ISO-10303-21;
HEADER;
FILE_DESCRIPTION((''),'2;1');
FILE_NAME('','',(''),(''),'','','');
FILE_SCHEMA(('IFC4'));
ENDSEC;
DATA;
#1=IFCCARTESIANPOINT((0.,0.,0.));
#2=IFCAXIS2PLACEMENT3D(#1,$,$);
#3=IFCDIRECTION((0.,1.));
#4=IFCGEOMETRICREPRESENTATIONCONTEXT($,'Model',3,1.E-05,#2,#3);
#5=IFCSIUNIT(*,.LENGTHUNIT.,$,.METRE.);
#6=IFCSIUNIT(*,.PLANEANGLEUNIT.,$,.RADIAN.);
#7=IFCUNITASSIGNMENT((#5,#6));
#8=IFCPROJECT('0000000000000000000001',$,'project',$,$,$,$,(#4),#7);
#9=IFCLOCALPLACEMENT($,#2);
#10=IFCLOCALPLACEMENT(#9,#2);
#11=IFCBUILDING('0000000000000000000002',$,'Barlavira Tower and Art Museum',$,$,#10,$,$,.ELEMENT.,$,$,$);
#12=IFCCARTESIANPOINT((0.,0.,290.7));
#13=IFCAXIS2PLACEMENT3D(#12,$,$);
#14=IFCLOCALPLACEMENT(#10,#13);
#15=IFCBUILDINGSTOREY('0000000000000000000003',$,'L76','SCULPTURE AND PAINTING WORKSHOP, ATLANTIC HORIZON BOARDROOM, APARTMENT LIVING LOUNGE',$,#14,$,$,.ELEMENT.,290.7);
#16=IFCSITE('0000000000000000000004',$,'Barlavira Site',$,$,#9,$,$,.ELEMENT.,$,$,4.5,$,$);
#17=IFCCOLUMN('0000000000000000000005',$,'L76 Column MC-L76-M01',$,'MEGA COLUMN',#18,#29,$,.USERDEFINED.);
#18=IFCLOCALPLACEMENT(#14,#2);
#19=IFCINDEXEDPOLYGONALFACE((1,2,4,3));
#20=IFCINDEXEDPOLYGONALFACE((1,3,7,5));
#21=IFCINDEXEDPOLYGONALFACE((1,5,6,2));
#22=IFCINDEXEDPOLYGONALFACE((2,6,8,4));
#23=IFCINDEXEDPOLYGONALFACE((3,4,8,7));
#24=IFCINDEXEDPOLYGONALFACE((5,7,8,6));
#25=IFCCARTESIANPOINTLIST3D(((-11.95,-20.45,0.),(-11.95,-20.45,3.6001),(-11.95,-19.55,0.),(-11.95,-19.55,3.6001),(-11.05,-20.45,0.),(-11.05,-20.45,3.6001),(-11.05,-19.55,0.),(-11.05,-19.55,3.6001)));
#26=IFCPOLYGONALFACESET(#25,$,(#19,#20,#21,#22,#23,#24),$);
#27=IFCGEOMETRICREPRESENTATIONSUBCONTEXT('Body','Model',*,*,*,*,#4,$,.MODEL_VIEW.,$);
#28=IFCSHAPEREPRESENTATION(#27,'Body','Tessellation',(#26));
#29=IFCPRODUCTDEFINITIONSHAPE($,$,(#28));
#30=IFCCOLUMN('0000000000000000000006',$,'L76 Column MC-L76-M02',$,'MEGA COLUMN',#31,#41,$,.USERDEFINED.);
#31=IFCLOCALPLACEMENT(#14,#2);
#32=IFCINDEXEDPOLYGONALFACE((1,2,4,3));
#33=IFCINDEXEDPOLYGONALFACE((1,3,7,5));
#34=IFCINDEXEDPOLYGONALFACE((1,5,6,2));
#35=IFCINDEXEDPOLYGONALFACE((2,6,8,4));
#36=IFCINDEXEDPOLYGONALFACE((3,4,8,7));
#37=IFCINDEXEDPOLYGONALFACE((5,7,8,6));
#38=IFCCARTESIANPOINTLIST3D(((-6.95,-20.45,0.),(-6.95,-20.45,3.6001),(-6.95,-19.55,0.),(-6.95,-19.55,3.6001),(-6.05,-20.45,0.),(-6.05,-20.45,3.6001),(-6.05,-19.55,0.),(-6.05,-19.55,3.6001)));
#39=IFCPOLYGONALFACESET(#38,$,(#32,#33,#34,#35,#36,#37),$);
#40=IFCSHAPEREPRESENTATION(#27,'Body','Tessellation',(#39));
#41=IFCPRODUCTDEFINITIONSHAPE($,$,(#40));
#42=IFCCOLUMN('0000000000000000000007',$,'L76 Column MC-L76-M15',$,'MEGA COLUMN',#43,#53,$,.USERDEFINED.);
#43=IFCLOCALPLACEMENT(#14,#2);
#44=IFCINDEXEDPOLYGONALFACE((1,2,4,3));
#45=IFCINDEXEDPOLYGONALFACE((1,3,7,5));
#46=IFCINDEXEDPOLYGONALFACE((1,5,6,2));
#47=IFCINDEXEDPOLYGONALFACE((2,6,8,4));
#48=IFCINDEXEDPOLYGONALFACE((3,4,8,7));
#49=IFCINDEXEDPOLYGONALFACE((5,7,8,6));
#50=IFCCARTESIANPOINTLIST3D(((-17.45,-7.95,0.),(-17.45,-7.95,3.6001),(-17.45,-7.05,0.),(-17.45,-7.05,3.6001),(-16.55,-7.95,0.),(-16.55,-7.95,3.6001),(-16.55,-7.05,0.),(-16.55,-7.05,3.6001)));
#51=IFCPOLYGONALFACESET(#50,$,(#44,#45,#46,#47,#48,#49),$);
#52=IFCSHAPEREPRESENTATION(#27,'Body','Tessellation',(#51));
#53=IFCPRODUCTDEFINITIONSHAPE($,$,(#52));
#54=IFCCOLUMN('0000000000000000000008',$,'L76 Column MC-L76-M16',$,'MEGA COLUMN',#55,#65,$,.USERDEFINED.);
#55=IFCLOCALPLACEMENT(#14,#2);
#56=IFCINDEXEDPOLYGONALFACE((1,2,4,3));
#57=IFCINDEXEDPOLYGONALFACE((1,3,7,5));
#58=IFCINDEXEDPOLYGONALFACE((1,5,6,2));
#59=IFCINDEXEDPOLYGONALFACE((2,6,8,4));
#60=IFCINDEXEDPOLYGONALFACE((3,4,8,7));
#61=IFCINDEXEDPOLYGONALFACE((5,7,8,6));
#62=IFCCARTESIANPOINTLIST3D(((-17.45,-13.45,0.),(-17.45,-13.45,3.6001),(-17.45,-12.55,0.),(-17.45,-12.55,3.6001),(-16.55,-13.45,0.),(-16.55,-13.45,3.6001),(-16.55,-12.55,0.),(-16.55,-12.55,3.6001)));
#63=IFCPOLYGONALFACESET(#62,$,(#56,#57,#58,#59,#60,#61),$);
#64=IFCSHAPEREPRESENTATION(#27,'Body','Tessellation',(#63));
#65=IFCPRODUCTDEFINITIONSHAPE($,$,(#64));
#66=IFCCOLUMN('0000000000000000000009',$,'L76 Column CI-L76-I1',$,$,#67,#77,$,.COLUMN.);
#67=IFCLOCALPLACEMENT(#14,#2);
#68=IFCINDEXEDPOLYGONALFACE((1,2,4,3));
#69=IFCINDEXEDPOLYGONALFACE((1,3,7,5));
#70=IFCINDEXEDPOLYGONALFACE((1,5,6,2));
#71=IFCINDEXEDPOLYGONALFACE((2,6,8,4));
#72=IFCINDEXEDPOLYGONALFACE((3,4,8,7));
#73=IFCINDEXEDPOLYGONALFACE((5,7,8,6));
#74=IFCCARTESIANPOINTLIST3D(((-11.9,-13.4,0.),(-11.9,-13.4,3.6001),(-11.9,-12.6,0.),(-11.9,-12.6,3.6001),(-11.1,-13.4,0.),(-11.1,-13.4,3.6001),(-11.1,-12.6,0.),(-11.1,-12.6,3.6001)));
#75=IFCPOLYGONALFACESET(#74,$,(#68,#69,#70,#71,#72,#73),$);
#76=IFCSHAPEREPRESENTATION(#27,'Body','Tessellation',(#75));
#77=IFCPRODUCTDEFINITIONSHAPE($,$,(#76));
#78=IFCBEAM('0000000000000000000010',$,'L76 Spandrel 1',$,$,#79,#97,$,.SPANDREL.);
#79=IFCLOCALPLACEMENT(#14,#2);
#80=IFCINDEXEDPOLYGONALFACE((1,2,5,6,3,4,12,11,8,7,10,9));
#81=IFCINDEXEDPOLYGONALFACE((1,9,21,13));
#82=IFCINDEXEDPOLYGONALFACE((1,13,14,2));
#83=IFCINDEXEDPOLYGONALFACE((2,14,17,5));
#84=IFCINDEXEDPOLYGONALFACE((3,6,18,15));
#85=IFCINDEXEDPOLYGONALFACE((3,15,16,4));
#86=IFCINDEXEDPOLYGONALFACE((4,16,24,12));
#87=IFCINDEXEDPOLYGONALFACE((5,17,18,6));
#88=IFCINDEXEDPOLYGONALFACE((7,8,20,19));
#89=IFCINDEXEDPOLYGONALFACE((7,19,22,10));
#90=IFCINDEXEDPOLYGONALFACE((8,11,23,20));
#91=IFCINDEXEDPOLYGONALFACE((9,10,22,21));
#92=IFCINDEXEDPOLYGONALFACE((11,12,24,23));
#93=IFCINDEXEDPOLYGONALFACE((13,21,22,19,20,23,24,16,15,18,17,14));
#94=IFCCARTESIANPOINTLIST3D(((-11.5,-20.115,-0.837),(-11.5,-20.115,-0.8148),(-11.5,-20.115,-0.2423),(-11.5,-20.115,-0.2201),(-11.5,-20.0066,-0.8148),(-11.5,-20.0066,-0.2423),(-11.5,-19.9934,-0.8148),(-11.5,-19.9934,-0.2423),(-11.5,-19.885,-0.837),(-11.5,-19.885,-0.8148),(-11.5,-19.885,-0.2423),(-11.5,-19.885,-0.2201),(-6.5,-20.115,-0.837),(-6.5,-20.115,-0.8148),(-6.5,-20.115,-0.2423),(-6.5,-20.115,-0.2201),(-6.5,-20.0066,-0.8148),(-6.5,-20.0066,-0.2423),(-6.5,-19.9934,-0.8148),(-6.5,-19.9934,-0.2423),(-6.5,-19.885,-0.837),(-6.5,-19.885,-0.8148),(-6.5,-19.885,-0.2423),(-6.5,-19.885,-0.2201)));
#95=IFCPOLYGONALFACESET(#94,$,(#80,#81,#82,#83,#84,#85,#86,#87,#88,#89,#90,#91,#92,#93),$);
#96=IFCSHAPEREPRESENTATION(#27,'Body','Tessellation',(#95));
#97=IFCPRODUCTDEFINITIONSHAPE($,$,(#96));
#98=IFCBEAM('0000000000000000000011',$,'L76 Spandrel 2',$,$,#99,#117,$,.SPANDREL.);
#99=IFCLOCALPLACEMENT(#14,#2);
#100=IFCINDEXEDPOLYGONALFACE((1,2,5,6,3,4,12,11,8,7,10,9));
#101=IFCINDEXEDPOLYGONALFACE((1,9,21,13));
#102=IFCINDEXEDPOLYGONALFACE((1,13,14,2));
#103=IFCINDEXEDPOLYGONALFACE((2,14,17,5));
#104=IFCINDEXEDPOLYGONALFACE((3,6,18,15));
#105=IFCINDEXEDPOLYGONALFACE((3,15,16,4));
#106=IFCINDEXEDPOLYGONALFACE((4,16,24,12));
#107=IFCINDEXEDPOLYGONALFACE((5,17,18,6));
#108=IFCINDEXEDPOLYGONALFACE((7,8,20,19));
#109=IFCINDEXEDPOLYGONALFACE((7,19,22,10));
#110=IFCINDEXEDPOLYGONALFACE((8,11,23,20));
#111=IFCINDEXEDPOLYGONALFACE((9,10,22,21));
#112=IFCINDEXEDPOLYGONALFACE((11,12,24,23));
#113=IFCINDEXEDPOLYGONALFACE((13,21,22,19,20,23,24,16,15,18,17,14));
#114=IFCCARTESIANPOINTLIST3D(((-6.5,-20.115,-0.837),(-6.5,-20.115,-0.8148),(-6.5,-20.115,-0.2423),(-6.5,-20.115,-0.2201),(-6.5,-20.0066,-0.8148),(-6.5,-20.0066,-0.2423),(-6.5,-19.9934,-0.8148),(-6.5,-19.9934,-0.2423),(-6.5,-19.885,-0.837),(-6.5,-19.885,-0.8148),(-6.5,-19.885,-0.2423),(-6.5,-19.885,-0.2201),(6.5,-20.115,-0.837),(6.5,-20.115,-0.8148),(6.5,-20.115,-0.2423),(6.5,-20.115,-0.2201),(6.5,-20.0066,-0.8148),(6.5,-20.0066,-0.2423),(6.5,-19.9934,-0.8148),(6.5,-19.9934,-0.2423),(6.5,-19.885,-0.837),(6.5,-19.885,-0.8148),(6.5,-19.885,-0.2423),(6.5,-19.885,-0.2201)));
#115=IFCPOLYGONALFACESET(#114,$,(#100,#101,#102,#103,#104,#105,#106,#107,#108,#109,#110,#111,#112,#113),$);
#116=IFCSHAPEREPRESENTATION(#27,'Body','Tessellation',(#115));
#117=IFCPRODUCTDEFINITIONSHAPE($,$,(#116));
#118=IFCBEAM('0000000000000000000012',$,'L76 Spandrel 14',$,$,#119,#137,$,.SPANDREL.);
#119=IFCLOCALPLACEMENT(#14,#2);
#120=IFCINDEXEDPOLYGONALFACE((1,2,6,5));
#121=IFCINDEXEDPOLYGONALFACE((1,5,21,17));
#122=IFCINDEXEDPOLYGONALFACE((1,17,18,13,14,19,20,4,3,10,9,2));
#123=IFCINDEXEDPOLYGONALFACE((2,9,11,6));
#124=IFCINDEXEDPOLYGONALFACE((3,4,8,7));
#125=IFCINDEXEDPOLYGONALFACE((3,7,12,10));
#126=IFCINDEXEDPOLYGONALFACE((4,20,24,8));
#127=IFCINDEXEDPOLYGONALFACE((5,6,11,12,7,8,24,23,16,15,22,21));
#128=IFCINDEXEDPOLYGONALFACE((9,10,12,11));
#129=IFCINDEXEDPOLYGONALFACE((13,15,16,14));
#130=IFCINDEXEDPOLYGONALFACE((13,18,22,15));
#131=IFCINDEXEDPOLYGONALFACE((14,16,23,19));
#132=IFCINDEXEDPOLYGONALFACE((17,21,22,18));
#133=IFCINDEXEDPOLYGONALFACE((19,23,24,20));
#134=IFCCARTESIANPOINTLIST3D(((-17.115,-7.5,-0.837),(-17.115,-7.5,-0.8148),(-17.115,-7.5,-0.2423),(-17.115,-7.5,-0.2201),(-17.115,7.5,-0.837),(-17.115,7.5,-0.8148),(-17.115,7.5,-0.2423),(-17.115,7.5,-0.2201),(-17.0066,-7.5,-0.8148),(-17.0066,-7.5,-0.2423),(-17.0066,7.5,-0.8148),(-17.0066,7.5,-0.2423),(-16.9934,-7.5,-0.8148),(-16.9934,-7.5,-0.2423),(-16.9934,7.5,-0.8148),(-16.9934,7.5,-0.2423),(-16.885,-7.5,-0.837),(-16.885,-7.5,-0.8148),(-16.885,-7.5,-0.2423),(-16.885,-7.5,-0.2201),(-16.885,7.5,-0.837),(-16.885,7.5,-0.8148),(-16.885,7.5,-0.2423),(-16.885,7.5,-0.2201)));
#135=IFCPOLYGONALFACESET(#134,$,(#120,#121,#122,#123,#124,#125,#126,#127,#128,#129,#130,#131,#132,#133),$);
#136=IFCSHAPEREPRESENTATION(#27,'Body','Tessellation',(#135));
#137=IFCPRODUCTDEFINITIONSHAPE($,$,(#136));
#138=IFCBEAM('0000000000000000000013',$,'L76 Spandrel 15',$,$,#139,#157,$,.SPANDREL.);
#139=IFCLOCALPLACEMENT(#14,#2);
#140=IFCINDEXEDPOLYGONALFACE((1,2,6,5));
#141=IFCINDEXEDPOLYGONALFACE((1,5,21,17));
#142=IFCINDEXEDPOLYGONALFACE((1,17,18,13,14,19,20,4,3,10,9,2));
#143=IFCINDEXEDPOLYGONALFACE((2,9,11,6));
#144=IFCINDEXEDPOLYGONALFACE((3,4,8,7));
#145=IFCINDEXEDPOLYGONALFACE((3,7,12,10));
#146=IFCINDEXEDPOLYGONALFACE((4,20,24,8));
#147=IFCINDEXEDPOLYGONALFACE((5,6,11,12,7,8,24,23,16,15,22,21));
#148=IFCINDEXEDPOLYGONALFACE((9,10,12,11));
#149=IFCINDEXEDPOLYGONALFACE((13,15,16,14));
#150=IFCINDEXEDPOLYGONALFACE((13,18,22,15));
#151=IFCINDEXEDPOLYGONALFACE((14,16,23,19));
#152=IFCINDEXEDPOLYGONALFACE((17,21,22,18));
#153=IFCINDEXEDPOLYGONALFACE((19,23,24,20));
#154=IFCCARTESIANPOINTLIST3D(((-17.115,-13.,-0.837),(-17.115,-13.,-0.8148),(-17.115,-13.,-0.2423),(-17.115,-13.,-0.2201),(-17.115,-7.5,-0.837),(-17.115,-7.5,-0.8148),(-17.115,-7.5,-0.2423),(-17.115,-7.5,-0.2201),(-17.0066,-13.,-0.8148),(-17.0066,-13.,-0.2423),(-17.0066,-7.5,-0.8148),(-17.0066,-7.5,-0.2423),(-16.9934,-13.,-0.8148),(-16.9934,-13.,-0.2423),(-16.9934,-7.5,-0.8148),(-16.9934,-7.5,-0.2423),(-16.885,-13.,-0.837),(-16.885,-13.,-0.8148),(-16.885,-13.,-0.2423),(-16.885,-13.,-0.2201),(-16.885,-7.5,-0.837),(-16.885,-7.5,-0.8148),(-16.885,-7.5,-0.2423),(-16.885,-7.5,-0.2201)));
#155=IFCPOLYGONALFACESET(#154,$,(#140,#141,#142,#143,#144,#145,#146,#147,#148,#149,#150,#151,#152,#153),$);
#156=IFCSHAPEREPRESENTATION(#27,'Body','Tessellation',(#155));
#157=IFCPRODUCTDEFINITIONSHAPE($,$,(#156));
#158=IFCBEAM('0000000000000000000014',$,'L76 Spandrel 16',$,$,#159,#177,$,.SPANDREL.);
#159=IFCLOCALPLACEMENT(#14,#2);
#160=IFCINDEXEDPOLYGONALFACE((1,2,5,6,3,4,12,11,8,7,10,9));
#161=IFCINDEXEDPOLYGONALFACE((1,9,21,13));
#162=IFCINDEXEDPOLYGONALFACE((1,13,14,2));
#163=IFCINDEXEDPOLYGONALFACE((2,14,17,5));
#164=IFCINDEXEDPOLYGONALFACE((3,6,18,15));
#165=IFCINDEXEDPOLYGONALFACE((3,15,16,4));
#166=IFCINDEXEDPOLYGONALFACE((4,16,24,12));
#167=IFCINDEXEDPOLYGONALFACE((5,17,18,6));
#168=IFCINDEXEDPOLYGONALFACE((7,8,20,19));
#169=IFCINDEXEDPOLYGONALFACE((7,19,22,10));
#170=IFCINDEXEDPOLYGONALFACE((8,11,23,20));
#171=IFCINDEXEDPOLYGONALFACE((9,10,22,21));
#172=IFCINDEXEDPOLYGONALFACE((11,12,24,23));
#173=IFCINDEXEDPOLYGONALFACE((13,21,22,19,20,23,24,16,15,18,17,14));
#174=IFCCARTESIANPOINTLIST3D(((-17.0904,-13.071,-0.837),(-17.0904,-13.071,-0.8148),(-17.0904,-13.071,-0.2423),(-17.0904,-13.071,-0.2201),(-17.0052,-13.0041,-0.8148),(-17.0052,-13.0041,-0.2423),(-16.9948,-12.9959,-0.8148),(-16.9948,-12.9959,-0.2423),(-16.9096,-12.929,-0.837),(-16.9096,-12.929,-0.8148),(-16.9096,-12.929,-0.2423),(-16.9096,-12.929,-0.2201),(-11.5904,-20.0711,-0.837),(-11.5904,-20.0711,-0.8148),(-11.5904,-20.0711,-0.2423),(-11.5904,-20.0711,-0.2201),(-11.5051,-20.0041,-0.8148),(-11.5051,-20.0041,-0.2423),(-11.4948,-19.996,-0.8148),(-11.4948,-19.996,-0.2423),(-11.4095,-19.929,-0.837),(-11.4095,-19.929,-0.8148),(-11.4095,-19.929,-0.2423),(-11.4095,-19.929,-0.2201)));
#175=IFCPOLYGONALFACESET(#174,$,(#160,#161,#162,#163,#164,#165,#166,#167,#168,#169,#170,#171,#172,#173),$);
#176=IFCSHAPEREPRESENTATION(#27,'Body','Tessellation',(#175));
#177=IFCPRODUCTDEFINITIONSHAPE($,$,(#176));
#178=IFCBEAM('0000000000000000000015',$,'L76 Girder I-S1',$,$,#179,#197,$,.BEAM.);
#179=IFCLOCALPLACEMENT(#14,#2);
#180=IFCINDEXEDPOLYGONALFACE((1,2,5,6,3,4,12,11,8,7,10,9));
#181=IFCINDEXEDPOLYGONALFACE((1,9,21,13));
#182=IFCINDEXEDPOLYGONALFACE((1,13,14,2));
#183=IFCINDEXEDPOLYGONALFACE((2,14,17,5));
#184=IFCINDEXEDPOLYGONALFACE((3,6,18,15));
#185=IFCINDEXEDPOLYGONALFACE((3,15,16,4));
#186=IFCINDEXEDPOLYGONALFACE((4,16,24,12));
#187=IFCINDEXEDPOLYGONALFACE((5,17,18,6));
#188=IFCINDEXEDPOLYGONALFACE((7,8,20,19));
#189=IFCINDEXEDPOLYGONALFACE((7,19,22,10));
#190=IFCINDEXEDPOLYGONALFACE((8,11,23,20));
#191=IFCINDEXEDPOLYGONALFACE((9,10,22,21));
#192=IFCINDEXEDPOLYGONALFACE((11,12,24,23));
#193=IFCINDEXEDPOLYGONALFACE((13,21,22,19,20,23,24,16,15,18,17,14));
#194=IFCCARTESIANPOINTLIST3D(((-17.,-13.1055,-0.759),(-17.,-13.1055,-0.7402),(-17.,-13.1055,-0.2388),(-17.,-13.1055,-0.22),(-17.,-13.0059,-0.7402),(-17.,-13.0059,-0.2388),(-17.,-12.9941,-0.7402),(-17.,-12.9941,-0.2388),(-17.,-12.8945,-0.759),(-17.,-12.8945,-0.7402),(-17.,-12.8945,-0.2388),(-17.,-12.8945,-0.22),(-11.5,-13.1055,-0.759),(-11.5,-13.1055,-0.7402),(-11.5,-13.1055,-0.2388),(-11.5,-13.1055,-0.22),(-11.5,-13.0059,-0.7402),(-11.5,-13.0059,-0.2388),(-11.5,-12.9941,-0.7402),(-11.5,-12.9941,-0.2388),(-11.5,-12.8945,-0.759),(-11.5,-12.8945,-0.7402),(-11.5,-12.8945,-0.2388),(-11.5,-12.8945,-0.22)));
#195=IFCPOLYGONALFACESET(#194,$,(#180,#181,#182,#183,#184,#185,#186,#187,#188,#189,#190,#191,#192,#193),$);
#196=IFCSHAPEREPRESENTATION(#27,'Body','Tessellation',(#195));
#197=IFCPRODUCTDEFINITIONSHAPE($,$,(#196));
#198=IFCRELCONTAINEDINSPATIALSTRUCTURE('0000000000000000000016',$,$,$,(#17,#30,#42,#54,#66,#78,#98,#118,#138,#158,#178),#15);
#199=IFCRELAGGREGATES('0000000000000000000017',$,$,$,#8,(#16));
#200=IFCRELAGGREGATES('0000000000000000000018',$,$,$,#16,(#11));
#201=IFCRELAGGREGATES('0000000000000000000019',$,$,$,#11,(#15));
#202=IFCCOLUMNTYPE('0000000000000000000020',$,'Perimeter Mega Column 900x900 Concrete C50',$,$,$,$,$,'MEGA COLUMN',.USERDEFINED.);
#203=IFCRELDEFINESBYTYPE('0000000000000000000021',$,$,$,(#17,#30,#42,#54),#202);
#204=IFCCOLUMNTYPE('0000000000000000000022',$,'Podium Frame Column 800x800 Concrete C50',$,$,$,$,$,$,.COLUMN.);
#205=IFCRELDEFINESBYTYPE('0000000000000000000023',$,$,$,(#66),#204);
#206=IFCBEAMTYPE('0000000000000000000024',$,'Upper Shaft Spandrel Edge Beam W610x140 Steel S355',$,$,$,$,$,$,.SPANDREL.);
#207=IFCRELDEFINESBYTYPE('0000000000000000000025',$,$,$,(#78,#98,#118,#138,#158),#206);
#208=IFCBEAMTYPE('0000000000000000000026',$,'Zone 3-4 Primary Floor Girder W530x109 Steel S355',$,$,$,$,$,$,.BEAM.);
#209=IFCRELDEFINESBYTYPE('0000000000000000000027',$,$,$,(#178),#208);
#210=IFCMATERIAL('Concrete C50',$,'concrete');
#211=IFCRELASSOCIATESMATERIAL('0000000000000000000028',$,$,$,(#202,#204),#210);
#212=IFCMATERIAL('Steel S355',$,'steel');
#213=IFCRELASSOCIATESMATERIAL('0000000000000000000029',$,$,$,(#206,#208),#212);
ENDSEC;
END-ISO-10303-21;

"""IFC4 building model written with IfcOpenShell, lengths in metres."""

from ifc_helpers import new_model, si_unit, direction, frame, origin, origin_2d, place, context, subcontext, project, spatial, rectangle, i_section, extrude, material, material_profile, profile_set, type_object, element, save


model = new_model("IFC4")

# Units and contexts
model_context = context("Model", 3, precision=1e-05, world=origin(), true_north=direction((0.0, 1.0)))
body_context = subcontext(model_context, "Body", "Model", "MODEL_VIEW")
ifc_project = project(units=[si_unit("LENGTHUNIT", "METRE"), si_unit("PLANEANGLEUNIT", "RADIAN")], contexts=[model_context])

# Site, building, storey
site_placement = place(None, origin())
site = spatial("IfcSite", under=ifc_project, at=site_placement, Name="Barlavira Site", CompositionType="ELEMENT", RefElevation=4.5)
building_placement = place(site_placement, origin())
building = spatial("IfcBuilding", under=site, at=building_placement, Name="Barlavira Tower and Art Museum", CompositionType="ELEMENT")
storey_placement = place(building_placement, frame((0.0, 0.0, 290.7)))
storey = spatial("IfcBuildingStorey", under=building, at=storey_placement, Name="L76", Description="SCULPTURE AND PAINTING WORKSHOP, ATLANTIC HORIZON BOARDROOM, APARTMENT LIVING LOUNGE", CompositionType="ELEMENT", Elevation=290.7)

# Columns
ifc_material_1 = material(Name="Concrete C50", Category="concrete")
ifc_material_profile_1 = material_profile(ifc_material_1, rectangle(XDim=0.8999, YDim=0.8999, at=origin_2d()), Name="RC-COL 900x900")
ifc_profile_set_1 = profile_set([ifc_material_profile_1], Name="Concrete C50")
column_type_1 = type_object("IfcColumnType", Name="Perimeter Mega Column 900x900 Concrete C50", ElementType="MEGA COLUMN", PredefinedType="USERDEFINED", material=ifc_profile_set_1)
for number, where, z_axis, x_axis, name in (
    (1, (-11.5, -20.0, 0.0), (0.0, 0.0, 1.0), (1.0, 0.0, 0.0), "L76 Column MC-L76-M01"),
    (2, (-6.5, -20.0, 0.0), (0.0, 0.0, 1.0), (1.0, 0.0, 0.0), "L76 Column MC-L76-M02"),
    (3, (-17.0, -7.5, 0.0), (0.0, 0.0, 1.0), (1.0, 0.0, 0.0), "L76 Column MC-L76-M15"),
    (4, (-17.0, -13.0, 0.0), (0.0, 0.0, 1.0), (1.0, 0.0, 0.0), "L76 Column MC-L76-M16"),
):
    element("IfcColumn", number, at=place(storey_placement, frame(where, z_axis=z_axis, x_axis=x_axis)), inside=storey, type_object=column_type_1, Name=name, ObjectType="MEGA COLUMN", PredefinedType="USERDEFINED", context=body_context, shape_type="SweptSolid", body=[
        extrude(rectangle(XDim=0.8999, YDim=0.8999, at=origin_2d()), origin(), (0.0, 0.0, 1.0), 3.6001),
    ])
ifc_material_profile_2 = material_profile(ifc_material_1, rectangle(XDim=0.8, YDim=0.8, at=origin_2d()), Name="RC-COL 800x800")
ifc_profile_set_2 = profile_set([ifc_material_profile_2], Name="Concrete C50")
column_type_2 = type_object("IfcColumnType", Name="Podium Frame Column 800x800 Concrete C50", PredefinedType="COLUMN", material=ifc_profile_set_2)
column_placement = place(storey_placement, frame((-11.5, -13.0, 0.0), z_axis=(0.0, 0.0, 1.0), x_axis=(1.0, 0.0, 0.0)))
element("IfcColumn", 5, at=column_placement, inside=storey, type_object=column_type_2, Name="L76 Column CI-L76-I1", PredefinedType="COLUMN", context=body_context, shape_type="SweptSolid", body=[
    extrude(rectangle(XDim=0.8, YDim=0.8, at=origin_2d()), origin(), (0.0, 0.0, 1.0), 3.6001),
])

# Beams
ifc_material_2 = material(Name="Steel S355", Category="steel")
ifc_material_profile_3 = material_profile(ifc_material_2, i_section(OverallWidth=0.23, OverallDepth=0.6169, WebThickness=0.0132, FlangeThickness=0.0222, at=origin_2d()), Name="W610x140.0")
ifc_profile_set_3 = profile_set([ifc_material_profile_3], Name="Steel S355")
beam_type_1 = type_object("IfcBeamType", Name="Upper Shaft Spandrel Edge Beam W610x140 Steel S355", PredefinedType="SPANDREL", material=ifc_profile_set_3)
beam_1_placement = place(storey_placement, frame((-11.5, -20.0, -0.5286), z_axis=(1.0, 0.0, 0.0), x_axis=(0.0, 1.0, 0.0)))
element("IfcBeam", 6, at=beam_1_placement, inside=storey, type_object=beam_type_1, Name="L76 Spandrel 1", PredefinedType="SPANDREL", context=body_context, shape_type="SweptSolid", body=[
    extrude(i_section(OverallWidth=0.23, OverallDepth=0.6169, WebThickness=0.0132, FlangeThickness=0.0222, at=origin_2d()), origin(), (0.0, 0.0, 1.0), 5.0),
])
beam_2_placement = place(storey_placement, frame((-6.5, -20.0, -0.5286), z_axis=(1.0, 0.0, 0.0), x_axis=(0.0, 1.0, 0.0)))
element("IfcBeam", 7, at=beam_2_placement, inside=storey, type_object=beam_type_1, Name="L76 Spandrel 2", PredefinedType="SPANDREL", context=body_context, shape_type="SweptSolid", body=[
    extrude(i_section(OverallWidth=0.23, OverallDepth=0.6169, WebThickness=0.0132, FlangeThickness=0.0222, at=origin_2d()), origin(), (0.0, 0.0, 1.0), 13.0),
])
beam_3_placement = place(storey_placement, frame((-17.0, -7.5, -0.5286), z_axis=(0.0, 1.0, 0.0), x_axis=(-1.0, 0.0, 0.0)))
element("IfcBeam", 8, at=beam_3_placement, inside=storey, type_object=beam_type_1, Name="L76 Spandrel 14", PredefinedType="SPANDREL", context=body_context, shape_type="SweptSolid", body=[
    extrude(i_section(OverallWidth=0.23, OverallDepth=0.6169, WebThickness=0.0132, FlangeThickness=0.0222, at=origin_2d()), origin(), (0.0, 0.0, 1.0), 15.0),
])
beam_4_placement = place(storey_placement, frame((-17.0, -13.0, -0.5286), z_axis=(0.0, 1.0, 0.0), x_axis=(-1.0, 0.0, 0.0)))
element("IfcBeam", 9, at=beam_4_placement, inside=storey, type_object=beam_type_1, Name="L76 Spandrel 15", PredefinedType="SPANDREL", context=body_context, shape_type="SweptSolid", body=[
    extrude(i_section(OverallWidth=0.23, OverallDepth=0.6169, WebThickness=0.0132, FlangeThickness=0.0222, at=origin_2d()), origin(), (0.0, 0.0, 1.0), 5.5),
])
beam_5_placement = place(storey_placement, frame((-17.0, -13.0, -0.5286), z_axis=(0.617822, -0.786318, 0.0), x_axis=(0.786318, 0.617822, 0.0)))
element("IfcBeam", 10, at=beam_5_placement, inside=storey, type_object=beam_type_1, Name="L76 Spandrel 16", PredefinedType="SPANDREL", context=body_context, shape_type="SweptSolid", body=[
    extrude(i_section(OverallWidth=0.23, OverallDepth=0.6169, WebThickness=0.0132, FlangeThickness=0.0222, at=origin_2d()), origin(), (0.0, 0.0, 1.0), 8.9023),
])
ifc_material_profile_4 = material_profile(ifc_material_2, i_section(OverallWidth=0.2109, OverallDepth=0.5391, WebThickness=0.0117, FlangeThickness=0.0188, at=origin_2d()), Name="W530x109.0")
ifc_profile_set_4 = profile_set([ifc_material_profile_4], Name="Steel S355")
beam_type_2 = type_object("IfcBeamType", Name="Zone 3-4 Primary Floor Girder W530x109 Steel S355", PredefinedType="BEAM", material=ifc_profile_set_4)
beam_6_placement = place(storey_placement, frame((-17.0, -13.0, -0.4895), z_axis=(1.0, 0.0, 0.0), x_axis=(0.0, 1.0, 0.0)))
element("IfcBeam", 11, at=beam_6_placement, inside=storey, type_object=beam_type_2, Name="L76 Girder I-S1", PredefinedType="BEAM", context=body_context, shape_type="SweptSolid", body=[
    extrude(i_section(OverallWidth=0.2109, OverallDepth=0.5391, WebThickness=0.0117, FlangeThickness=0.0188, at=origin_2d()), origin(), (0.0, 0.0, 1.0), 5.5),
])

save(model, "model.ifc")
